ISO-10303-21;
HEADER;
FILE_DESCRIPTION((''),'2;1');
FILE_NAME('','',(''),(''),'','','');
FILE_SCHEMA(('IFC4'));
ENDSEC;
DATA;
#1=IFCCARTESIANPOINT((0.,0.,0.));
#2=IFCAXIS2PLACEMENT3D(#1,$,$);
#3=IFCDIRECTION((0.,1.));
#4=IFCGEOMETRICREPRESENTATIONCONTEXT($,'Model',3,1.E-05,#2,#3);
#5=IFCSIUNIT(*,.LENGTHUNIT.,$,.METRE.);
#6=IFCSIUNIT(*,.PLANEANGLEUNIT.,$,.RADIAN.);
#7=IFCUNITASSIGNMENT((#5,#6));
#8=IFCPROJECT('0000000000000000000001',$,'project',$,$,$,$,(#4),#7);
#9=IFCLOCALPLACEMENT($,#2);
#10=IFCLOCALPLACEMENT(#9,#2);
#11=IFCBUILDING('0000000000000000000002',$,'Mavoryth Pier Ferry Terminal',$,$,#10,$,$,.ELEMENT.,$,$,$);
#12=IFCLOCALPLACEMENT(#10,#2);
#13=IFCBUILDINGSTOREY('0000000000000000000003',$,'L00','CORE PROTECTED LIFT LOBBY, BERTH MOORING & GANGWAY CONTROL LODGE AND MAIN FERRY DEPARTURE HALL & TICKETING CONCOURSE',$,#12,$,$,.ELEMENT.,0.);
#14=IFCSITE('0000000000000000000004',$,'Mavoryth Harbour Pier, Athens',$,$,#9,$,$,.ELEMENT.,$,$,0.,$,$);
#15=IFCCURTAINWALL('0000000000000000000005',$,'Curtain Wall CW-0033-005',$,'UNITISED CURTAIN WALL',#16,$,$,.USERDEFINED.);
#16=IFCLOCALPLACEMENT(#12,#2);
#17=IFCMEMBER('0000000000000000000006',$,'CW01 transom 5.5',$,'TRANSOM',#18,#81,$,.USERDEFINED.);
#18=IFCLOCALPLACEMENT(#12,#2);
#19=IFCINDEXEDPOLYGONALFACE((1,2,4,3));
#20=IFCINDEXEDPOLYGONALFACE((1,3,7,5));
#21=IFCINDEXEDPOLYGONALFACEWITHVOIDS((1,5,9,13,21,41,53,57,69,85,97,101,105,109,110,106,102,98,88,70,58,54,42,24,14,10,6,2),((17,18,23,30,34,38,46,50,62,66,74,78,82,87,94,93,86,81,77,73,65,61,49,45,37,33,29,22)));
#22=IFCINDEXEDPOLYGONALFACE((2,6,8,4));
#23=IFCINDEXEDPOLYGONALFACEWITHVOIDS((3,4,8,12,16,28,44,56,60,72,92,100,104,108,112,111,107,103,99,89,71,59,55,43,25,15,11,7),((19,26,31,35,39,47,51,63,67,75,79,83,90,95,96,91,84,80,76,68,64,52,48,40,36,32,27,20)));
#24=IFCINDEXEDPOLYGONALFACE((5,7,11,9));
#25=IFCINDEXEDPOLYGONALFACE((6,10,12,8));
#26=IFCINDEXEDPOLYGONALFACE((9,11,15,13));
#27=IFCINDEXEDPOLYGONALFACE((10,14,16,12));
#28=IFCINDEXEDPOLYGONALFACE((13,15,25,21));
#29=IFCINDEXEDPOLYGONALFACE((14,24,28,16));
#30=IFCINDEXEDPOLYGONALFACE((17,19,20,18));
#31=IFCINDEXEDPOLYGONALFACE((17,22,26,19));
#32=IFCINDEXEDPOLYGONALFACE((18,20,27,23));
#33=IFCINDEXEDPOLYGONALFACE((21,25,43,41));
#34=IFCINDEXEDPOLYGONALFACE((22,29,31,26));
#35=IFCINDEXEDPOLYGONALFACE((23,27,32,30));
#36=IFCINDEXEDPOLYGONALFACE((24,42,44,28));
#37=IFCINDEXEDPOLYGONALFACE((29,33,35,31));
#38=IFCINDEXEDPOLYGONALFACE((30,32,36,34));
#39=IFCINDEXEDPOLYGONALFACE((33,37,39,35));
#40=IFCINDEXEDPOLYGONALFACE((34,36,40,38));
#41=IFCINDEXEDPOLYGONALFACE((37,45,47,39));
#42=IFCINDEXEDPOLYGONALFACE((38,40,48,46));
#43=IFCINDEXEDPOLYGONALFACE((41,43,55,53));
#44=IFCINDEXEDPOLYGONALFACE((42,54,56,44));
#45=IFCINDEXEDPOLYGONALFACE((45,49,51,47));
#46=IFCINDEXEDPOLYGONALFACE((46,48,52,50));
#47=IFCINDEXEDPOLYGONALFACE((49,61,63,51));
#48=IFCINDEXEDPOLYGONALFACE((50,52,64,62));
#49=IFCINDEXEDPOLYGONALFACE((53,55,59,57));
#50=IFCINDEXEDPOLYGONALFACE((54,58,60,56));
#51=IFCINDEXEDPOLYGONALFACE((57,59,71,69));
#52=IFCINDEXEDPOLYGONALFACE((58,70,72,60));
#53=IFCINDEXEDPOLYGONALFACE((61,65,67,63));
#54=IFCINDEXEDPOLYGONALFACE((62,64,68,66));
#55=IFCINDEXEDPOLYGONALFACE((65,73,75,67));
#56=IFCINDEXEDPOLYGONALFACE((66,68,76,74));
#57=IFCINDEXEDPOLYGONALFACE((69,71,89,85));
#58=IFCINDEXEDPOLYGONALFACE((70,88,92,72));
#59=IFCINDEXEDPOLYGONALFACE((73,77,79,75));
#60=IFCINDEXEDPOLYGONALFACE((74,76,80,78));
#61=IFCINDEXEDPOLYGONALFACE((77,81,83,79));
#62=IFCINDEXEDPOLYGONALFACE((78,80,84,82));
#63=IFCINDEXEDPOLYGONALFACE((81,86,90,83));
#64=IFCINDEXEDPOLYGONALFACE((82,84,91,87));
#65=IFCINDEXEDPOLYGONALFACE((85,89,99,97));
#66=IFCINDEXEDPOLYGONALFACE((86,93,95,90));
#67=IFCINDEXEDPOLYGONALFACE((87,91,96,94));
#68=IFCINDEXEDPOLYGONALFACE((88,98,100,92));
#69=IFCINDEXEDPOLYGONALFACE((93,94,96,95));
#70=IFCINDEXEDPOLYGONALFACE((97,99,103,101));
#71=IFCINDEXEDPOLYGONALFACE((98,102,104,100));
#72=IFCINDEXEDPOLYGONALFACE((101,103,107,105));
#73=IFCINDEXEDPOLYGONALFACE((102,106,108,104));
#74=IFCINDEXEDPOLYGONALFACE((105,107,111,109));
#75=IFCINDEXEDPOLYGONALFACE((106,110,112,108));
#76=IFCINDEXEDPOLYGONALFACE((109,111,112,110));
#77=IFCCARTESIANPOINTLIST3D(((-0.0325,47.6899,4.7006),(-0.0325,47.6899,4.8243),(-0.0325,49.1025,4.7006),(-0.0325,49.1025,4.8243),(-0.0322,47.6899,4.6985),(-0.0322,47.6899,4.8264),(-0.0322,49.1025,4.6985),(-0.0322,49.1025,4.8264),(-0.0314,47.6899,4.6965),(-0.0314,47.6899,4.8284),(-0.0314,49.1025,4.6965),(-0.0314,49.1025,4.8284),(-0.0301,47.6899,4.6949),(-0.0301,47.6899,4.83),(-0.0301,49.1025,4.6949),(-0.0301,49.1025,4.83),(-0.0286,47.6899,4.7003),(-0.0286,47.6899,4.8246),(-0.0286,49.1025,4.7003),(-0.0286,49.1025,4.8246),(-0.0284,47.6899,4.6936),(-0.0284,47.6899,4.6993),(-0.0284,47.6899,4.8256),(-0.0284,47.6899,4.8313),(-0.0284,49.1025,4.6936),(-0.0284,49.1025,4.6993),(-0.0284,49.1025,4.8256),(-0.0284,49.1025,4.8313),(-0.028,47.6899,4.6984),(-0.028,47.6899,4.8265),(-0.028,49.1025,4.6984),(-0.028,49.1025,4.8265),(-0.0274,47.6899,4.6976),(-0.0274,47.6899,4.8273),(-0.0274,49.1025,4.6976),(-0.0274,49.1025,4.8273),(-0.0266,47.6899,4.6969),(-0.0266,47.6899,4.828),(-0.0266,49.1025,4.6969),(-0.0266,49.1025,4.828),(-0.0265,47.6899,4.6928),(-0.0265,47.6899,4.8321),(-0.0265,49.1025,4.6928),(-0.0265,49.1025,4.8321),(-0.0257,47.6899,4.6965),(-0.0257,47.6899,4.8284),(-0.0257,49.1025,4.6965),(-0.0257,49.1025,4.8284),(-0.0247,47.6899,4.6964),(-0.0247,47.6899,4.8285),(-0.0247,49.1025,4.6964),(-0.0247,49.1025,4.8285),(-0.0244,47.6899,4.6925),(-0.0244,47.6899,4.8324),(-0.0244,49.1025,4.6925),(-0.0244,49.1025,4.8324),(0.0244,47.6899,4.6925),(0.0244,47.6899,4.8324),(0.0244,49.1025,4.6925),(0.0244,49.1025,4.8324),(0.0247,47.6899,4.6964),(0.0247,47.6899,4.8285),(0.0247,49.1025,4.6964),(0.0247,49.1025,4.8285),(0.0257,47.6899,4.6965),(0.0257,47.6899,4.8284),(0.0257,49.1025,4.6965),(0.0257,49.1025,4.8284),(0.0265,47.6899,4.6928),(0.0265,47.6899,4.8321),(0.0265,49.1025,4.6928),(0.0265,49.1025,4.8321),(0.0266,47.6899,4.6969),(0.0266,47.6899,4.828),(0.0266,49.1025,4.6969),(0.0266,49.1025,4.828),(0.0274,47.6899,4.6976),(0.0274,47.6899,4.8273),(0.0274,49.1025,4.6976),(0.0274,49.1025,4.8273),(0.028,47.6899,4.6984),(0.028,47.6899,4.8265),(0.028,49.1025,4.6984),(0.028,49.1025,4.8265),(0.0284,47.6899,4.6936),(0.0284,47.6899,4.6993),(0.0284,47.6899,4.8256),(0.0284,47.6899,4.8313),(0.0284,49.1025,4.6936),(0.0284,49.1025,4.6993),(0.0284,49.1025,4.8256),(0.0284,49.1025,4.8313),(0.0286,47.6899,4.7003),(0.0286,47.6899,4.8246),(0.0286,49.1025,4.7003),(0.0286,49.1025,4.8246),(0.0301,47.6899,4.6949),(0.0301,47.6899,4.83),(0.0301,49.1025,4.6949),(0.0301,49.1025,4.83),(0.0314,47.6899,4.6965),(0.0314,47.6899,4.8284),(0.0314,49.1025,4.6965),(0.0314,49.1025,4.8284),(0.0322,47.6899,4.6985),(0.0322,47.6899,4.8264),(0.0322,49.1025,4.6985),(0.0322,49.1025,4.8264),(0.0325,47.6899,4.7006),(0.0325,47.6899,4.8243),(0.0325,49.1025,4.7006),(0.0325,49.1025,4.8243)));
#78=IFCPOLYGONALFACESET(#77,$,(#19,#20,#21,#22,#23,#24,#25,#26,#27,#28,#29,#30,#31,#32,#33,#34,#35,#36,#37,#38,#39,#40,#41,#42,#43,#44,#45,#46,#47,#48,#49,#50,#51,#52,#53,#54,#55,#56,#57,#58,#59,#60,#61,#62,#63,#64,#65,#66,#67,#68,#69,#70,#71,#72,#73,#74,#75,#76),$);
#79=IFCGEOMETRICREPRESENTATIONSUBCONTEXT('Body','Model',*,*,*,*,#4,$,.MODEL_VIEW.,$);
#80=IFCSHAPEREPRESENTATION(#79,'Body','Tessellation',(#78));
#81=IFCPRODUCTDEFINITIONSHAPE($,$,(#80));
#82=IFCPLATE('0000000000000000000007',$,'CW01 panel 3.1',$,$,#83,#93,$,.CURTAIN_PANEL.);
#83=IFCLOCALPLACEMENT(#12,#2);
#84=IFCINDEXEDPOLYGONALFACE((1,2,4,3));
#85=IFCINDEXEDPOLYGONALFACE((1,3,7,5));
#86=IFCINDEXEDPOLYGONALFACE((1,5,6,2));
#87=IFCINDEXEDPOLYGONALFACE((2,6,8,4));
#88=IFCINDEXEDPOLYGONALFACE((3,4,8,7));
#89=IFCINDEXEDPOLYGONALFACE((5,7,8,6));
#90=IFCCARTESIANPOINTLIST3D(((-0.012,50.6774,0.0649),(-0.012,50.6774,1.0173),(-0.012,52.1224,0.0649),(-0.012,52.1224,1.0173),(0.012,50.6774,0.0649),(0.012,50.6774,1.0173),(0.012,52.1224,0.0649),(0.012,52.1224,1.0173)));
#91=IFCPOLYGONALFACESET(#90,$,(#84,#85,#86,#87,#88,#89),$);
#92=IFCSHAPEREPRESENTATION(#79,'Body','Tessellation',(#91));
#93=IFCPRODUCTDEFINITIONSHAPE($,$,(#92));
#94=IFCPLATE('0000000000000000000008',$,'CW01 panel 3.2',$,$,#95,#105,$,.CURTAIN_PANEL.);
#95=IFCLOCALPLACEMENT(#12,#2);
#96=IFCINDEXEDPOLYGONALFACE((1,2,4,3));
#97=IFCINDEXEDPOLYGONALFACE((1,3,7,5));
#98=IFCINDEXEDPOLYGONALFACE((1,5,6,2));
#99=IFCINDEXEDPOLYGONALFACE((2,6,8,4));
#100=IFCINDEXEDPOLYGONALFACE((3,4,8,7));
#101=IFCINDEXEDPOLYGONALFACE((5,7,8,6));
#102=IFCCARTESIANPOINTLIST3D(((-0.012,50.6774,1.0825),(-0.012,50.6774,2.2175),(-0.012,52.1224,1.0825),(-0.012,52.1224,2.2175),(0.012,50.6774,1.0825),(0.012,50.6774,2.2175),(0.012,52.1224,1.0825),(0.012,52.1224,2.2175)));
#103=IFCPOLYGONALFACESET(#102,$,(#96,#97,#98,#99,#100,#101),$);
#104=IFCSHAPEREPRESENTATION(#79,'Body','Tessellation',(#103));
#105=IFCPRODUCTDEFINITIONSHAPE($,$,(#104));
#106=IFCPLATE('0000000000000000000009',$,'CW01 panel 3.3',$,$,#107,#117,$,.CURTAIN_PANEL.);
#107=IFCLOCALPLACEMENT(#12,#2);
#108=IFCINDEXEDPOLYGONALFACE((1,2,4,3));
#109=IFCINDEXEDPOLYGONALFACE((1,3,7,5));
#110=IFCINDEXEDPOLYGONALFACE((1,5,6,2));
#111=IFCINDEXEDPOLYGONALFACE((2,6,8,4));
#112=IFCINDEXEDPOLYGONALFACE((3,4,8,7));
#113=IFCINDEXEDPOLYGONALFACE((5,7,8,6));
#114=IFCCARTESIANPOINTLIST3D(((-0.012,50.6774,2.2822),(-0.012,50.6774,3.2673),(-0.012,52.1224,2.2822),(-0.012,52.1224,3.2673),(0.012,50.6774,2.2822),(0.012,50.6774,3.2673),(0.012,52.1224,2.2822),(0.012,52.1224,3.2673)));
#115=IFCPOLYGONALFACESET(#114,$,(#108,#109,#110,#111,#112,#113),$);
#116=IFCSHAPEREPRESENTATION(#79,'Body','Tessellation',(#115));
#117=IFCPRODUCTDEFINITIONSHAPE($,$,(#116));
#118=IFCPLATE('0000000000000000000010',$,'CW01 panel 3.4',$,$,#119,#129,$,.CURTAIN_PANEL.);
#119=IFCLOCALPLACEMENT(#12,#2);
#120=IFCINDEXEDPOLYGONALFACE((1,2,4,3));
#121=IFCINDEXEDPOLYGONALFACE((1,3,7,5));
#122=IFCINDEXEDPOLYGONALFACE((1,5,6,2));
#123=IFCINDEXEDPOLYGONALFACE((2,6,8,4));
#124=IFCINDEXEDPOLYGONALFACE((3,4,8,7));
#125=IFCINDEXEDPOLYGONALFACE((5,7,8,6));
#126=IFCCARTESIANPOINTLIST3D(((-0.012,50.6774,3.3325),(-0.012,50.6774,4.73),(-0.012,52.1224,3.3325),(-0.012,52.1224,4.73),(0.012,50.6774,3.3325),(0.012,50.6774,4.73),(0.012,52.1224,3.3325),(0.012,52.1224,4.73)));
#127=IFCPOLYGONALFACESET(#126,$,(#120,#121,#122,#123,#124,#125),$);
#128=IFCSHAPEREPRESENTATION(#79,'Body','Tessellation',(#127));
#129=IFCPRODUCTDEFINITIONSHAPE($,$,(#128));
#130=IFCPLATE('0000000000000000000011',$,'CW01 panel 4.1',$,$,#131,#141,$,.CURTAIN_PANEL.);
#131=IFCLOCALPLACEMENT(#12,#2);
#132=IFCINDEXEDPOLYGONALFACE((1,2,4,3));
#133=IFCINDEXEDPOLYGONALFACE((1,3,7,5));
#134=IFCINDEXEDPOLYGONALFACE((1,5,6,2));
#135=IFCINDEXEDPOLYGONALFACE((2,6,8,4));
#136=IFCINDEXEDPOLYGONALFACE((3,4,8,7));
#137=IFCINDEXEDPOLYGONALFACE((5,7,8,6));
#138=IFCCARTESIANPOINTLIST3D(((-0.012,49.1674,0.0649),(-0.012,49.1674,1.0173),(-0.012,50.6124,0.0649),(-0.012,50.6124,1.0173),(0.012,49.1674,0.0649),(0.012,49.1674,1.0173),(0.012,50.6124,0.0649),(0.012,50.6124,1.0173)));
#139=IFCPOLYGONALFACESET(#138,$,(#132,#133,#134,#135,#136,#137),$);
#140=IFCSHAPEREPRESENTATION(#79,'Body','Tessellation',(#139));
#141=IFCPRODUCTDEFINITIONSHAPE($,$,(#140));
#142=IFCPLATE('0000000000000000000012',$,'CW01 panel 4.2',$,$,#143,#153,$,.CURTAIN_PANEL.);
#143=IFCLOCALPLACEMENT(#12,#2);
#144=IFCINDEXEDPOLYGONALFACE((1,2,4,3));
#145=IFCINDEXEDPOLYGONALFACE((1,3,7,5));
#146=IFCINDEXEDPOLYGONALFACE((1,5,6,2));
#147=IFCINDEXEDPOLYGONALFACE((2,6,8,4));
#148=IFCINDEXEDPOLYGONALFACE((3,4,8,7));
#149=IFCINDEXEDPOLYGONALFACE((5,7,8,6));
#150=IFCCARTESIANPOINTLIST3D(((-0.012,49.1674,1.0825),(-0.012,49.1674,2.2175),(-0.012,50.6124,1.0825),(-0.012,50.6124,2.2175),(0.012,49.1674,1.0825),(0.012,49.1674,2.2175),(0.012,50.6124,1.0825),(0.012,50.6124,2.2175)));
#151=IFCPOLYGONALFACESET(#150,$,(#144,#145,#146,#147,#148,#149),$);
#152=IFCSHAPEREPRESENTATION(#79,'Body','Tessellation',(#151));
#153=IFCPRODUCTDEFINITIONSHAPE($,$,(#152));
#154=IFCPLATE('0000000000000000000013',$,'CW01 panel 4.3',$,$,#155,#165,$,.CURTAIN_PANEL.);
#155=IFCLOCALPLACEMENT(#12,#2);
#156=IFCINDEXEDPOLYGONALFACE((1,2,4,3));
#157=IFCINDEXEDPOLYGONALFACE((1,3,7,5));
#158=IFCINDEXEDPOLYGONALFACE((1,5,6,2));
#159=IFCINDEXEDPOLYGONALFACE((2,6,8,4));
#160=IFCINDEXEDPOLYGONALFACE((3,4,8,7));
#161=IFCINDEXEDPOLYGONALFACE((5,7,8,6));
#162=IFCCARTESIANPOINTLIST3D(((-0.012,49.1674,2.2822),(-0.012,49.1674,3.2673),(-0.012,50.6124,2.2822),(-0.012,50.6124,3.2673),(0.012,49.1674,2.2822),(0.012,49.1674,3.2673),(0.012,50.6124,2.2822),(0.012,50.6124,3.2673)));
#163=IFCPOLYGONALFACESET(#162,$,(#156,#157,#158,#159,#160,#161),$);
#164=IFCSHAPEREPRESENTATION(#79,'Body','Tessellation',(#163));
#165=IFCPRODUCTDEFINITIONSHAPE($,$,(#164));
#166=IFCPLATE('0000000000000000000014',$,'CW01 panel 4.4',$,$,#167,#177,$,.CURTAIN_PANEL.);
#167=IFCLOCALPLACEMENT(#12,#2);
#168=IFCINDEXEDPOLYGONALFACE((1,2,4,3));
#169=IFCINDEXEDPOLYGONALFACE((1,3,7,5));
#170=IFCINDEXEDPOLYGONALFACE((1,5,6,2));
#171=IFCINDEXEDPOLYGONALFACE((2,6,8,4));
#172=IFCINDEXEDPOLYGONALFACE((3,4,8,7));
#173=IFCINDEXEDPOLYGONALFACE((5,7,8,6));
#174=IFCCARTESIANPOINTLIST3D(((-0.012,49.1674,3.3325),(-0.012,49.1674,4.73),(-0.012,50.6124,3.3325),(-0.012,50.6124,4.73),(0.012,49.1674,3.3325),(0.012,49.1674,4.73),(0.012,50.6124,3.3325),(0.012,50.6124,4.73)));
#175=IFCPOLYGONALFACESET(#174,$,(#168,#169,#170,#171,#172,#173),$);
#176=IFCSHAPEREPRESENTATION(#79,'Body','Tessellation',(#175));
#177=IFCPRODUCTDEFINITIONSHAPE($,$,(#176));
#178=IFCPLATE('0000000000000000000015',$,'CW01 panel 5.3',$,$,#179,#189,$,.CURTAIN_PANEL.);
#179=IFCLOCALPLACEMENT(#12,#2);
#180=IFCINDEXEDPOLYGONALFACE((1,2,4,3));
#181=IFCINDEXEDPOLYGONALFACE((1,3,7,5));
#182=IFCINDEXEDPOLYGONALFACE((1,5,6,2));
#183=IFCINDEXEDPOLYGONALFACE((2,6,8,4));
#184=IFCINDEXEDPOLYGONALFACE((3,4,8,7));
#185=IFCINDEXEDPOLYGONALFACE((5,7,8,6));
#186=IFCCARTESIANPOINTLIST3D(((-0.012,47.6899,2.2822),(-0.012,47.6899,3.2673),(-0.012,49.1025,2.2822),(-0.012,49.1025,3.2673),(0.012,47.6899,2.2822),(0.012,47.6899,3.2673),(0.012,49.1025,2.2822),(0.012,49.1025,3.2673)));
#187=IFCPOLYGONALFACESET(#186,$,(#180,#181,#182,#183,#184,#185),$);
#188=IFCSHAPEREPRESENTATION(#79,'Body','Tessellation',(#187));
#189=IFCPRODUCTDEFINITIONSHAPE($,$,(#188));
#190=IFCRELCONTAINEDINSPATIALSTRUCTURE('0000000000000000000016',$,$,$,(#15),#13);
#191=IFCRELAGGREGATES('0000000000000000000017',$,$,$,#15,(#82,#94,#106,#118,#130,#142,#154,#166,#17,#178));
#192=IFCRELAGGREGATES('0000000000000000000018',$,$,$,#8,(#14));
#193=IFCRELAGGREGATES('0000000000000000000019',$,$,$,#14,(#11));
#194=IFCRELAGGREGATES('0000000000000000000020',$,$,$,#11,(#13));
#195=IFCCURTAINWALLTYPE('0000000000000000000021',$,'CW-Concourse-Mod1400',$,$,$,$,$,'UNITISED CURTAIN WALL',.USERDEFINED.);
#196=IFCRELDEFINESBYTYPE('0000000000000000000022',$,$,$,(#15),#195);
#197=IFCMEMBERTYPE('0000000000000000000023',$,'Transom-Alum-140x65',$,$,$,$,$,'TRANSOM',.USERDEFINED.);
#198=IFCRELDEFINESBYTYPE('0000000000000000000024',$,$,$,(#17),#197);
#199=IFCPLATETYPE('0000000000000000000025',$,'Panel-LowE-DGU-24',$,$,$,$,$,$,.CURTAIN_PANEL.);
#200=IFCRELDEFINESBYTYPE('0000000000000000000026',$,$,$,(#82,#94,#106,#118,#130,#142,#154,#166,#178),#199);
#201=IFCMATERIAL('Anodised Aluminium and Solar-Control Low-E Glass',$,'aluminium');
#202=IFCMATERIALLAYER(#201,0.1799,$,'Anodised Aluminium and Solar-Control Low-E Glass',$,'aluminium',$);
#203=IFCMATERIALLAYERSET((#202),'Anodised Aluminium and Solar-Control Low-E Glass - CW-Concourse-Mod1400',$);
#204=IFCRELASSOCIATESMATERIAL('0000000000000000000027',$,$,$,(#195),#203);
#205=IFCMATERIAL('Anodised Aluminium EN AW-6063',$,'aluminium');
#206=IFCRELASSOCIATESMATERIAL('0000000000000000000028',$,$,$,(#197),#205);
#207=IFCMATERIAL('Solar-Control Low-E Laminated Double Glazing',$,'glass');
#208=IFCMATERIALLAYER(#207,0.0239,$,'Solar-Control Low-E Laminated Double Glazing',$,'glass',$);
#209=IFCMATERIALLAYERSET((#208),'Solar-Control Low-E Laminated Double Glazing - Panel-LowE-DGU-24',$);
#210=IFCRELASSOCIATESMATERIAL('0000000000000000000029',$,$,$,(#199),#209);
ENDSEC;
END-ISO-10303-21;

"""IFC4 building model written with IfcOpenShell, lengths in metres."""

from ifc_helpers import new_model, si_unit, direction, frame, origin, origin_2d, place, context, subcontext, project, spatial, rectangle, hollow_rectangle, extrude, material, layer, layer_set, material_profile, profile_set, type_object, element, aggregate, save


model = new_model("IFC4")

# Units and contexts
model_context = context("Model", 3, precision=1e-05, world=origin(), true_north=direction((0.0, 1.0)))
body_context = subcontext(model_context, "Body", "Model", "MODEL_VIEW")
ifc_project = project(units=[si_unit("LENGTHUNIT", "METRE"), si_unit("PLANEANGLEUNIT", "RADIAN")], contexts=[model_context])

# Site, building, storey
site_placement = place(None, origin())
site = spatial("IfcSite", under=ifc_project, at=site_placement, Name="Mavoryth Harbour Pier, Athens", CompositionType="ELEMENT", RefElevation=0.0)
building_placement = place(site_placement, origin())
building = spatial("IfcBuilding", under=site, at=building_placement, Name="Mavoryth Pier Ferry Terminal", CompositionType="ELEMENT")
storey_placement = place(building_placement, origin())
storey = spatial("IfcBuildingStorey", under=building, at=storey_placement, Name="L00", Description="CORE PROTECTED LIFT LOBBY, BERTH MOORING & GANGWAY CONTROL LODGE AND MAIN FERRY DEPARTURE HALL & TICKETING CONCOURSE", CompositionType="ELEMENT", Elevation=0.0)

# Curtain wall, member, plates
ifc_material_1 = material(Name="Anodised Aluminium and Solar-Control Low-E Glass", Category="aluminium")
ifc_layer_1 = layer(ifc_material_1, 0.1799, Name="Anodised Aluminium and Solar-Control Low-E Glass", Category="aluminium")
ifc_layer_set_1 = layer_set([ifc_layer_1], Name="Anodised Aluminium and Solar-Control Low-E Glass - CW-Concourse-Mod1400")
curtain_wall_type = type_object("IfcCurtainWallType", Name="CW-Concourse-Mod1400", ElementType="UNITISED CURTAIN WALL", PredefinedType="USERDEFINED", material=ifc_layer_set_1)
curtain_wall_placement = place(storey_placement, origin())
curtain_wall = element("IfcCurtainWall", 1, at=curtain_wall_placement, inside=storey, type_object=curtain_wall_type, Name="Curtain Wall CW-0033-005", ObjectType="UNITISED CURTAIN WALL", PredefinedType="USERDEFINED")
ifc_material_2 = material(Name="Anodised Aluminium EN AW-6063", Category="aluminium")
ifc_material_profile_1 = material_profile(ifc_material_2, hollow_rectangle(XDim=0.0649, YDim=0.1399, WallThickness=0.0039, InnerFilletRadius=0.0039, OuterFilletRadius=0.0081, at=origin_2d()), Name="AL-TRAN 140x65x4", Category="aluminium")
ifc_profile_set_1 = profile_set([ifc_material_profile_1], Name="Anodised Aluminium EN AW-6063 - AL-TRAN 140x65x4")
member_type_1 = type_object("IfcMemberType", Name="Transom-Alum-140x65", ElementType="TRANSOM", PredefinedType="USERDEFINED", material=ifc_profile_set_1)
member_1_placement = place(storey_placement, frame((0.0, 49.1025, 4.7625), z_axis=(0.0, -1.0, 0.0), x_axis=(1.0, 0.0, 0.0)))
member_1 = element("IfcMember", 2, at=member_1_placement, type_object=member_type_1, Name="CW01 transom 5.5", ObjectType="TRANSOM", PredefinedType="USERDEFINED", context=body_context, shape_type="SweptSolid", body=[
    extrude(hollow_rectangle(XDim=0.0649, YDim=0.1399, WallThickness=0.0039, InnerFilletRadius=0.0039, OuterFilletRadius=0.0081, at=origin_2d()), origin(), (0.0, 0.0, 1.0), 1.4126),
])
ifc_material_3 = material(Name="Solar-Control Low-E Laminated Double Glazing", Category="glass")
ifc_layer_2 = layer(ifc_material_3, 0.0239, Name="Solar-Control Low-E Laminated Double Glazing", Category="glass")
ifc_layer_set_2 = layer_set([ifc_layer_2], Name="Solar-Control Low-E Laminated Double Glazing - Panel-LowE-DGU-24")
plate_type = type_object("IfcPlateType", Name="Panel-LowE-DGU-24", PredefinedType="CURTAIN_PANEL", material=ifc_layer_set_2)
plate_1_placement = place(storey_placement, frame((0.0, 51.3999, 0.0649), z_axis=(0.0, 0.0, 1.0), x_axis=(0.0, -1.0, 0.0)))
plate_1 = element("IfcPlate", 3, at=plate_1_placement, type_object=plate_type, Name="CW01 panel 3.1", PredefinedType="CURTAIN_PANEL", context=body_context, shape_type="SweptSolid", body=[
    extrude(rectangle(XDim=1.4451, YDim=0.0239, at=origin_2d()), origin(), (0.0, 0.0, 1.0), 0.9524),
])
plate_2_placement = place(storey_placement, frame((0.0, 51.3999, 1.0825), z_axis=(0.0, 0.0, 1.0), x_axis=(0.0, -1.0, 0.0)))
plate_2 = element("IfcPlate", 4, at=plate_2_placement, type_object=plate_type, Name="CW01 panel 3.2", PredefinedType="CURTAIN_PANEL", context=body_context, shape_type="SweptSolid", body=[
    extrude(rectangle(XDim=1.4451, YDim=0.0239, at=origin_2d()), origin(), (0.0, 0.0, 1.0), 1.135),
])
plate_3_placement = place(storey_placement, frame((0.0, 51.3999, 2.2822), z_axis=(0.0, 0.0, 1.0), x_axis=(0.0, -1.0, 0.0)))
plate_3 = element("IfcPlate", 5, at=plate_3_placement, type_object=plate_type, Name="CW01 panel 3.3", PredefinedType="CURTAIN_PANEL", context=body_context, shape_type="SweptSolid", body=[
    extrude(rectangle(XDim=1.4451, YDim=0.0239, at=origin_2d()), origin(), (0.0, 0.0, 1.0), 0.9851),
])
plate_4_placement = place(storey_placement, frame((0.0, 51.3999, 3.3325), z_axis=(0.0, 0.0, 1.0), x_axis=(0.0, -1.0, 0.0)))
plate_4 = element("IfcPlate", 6, at=plate_4_placement, type_object=plate_type, Name="CW01 panel 3.4", PredefinedType="CURTAIN_PANEL", context=body_context, shape_type="SweptSolid", body=[
    extrude(rectangle(XDim=1.4451, YDim=0.0239, at=origin_2d()), origin(), (0.0, 0.0, 1.0), 1.3975),
])
plate_5_placement = place(storey_placement, frame((0.0, 49.8899, 0.0649), z_axis=(0.0, 0.0, 1.0), x_axis=(0.0, -1.0, 0.0)))
plate_5 = element("IfcPlate", 7, at=plate_5_placement, type_object=plate_type, Name="CW01 panel 4.1", PredefinedType="CURTAIN_PANEL", context=body_context, shape_type="SweptSolid", body=[
    extrude(rectangle(XDim=1.4451, YDim=0.0239, at=origin_2d()), origin(), (0.0, 0.0, 1.0), 0.9524),
])
plate_6_placement = place(storey_placement, frame((0.0, 49.8899, 1.0825), z_axis=(0.0, 0.0, 1.0), x_axis=(0.0, -1.0, 0.0)))
plate_6 = element("IfcPlate", 8, at=plate_6_placement, type_object=plate_type, Name="CW01 panel 4.2", PredefinedType="CURTAIN_PANEL", context=body_context, shape_type="SweptSolid", body=[
    extrude(rectangle(XDim=1.4451, YDim=0.0239, at=origin_2d()), origin(), (0.0, 0.0, 1.0), 1.135),
])
plate_7_placement = place(storey_placement, frame((0.0, 49.8899, 2.2822), z_axis=(0.0, 0.0, 1.0), x_axis=(0.0, -1.0, 0.0)))
plate_7 = element("IfcPlate", 9, at=plate_7_placement, type_object=plate_type, Name="CW01 panel 4.3", PredefinedType="CURTAIN_PANEL", context=body_context, shape_type="SweptSolid", body=[
    extrude(rectangle(XDim=1.4451, YDim=0.0239, at=origin_2d()), origin(), (0.0, 0.0, 1.0), 0.9851),
])
plate_8_placement = place(storey_placement, frame((0.0, 49.8899, 3.3325), z_axis=(0.0, 0.0, 1.0), x_axis=(0.0, -1.0, 0.0)))
plate_8 = element("IfcPlate", 10, at=plate_8_placement, type_object=plate_type, Name="CW01 panel 4.4", PredefinedType="CURTAIN_PANEL", context=body_context, shape_type="SweptSolid", body=[
    extrude(rectangle(XDim=1.4451, YDim=0.0239, at=origin_2d()), origin(), (0.0, 0.0, 1.0), 1.3975),
])
plate_9_placement = place(storey_placement, frame((0.0, 48.3962, 2.2822), z_axis=(0.0, 0.0, 1.0), x_axis=(0.0, -1.0, 0.0)))
plate_9 = element("IfcPlate", 11, at=plate_9_placement, type_object=plate_type, Name="CW01 panel 5.3", PredefinedType="CURTAIN_PANEL", context=body_context, shape_type="SweptSolid", body=[
    extrude(rectangle(XDim=1.4126, YDim=0.0239, at=origin_2d()), origin(), (0.0, 0.0, 1.0), 0.9851),
])
aggregate(curtain_wall, [plate_1, plate_2, plate_3, plate_4, plate_5, plate_6, plate_7, plate_8, member_1, plate_9])

save(model, "model.ifc")
